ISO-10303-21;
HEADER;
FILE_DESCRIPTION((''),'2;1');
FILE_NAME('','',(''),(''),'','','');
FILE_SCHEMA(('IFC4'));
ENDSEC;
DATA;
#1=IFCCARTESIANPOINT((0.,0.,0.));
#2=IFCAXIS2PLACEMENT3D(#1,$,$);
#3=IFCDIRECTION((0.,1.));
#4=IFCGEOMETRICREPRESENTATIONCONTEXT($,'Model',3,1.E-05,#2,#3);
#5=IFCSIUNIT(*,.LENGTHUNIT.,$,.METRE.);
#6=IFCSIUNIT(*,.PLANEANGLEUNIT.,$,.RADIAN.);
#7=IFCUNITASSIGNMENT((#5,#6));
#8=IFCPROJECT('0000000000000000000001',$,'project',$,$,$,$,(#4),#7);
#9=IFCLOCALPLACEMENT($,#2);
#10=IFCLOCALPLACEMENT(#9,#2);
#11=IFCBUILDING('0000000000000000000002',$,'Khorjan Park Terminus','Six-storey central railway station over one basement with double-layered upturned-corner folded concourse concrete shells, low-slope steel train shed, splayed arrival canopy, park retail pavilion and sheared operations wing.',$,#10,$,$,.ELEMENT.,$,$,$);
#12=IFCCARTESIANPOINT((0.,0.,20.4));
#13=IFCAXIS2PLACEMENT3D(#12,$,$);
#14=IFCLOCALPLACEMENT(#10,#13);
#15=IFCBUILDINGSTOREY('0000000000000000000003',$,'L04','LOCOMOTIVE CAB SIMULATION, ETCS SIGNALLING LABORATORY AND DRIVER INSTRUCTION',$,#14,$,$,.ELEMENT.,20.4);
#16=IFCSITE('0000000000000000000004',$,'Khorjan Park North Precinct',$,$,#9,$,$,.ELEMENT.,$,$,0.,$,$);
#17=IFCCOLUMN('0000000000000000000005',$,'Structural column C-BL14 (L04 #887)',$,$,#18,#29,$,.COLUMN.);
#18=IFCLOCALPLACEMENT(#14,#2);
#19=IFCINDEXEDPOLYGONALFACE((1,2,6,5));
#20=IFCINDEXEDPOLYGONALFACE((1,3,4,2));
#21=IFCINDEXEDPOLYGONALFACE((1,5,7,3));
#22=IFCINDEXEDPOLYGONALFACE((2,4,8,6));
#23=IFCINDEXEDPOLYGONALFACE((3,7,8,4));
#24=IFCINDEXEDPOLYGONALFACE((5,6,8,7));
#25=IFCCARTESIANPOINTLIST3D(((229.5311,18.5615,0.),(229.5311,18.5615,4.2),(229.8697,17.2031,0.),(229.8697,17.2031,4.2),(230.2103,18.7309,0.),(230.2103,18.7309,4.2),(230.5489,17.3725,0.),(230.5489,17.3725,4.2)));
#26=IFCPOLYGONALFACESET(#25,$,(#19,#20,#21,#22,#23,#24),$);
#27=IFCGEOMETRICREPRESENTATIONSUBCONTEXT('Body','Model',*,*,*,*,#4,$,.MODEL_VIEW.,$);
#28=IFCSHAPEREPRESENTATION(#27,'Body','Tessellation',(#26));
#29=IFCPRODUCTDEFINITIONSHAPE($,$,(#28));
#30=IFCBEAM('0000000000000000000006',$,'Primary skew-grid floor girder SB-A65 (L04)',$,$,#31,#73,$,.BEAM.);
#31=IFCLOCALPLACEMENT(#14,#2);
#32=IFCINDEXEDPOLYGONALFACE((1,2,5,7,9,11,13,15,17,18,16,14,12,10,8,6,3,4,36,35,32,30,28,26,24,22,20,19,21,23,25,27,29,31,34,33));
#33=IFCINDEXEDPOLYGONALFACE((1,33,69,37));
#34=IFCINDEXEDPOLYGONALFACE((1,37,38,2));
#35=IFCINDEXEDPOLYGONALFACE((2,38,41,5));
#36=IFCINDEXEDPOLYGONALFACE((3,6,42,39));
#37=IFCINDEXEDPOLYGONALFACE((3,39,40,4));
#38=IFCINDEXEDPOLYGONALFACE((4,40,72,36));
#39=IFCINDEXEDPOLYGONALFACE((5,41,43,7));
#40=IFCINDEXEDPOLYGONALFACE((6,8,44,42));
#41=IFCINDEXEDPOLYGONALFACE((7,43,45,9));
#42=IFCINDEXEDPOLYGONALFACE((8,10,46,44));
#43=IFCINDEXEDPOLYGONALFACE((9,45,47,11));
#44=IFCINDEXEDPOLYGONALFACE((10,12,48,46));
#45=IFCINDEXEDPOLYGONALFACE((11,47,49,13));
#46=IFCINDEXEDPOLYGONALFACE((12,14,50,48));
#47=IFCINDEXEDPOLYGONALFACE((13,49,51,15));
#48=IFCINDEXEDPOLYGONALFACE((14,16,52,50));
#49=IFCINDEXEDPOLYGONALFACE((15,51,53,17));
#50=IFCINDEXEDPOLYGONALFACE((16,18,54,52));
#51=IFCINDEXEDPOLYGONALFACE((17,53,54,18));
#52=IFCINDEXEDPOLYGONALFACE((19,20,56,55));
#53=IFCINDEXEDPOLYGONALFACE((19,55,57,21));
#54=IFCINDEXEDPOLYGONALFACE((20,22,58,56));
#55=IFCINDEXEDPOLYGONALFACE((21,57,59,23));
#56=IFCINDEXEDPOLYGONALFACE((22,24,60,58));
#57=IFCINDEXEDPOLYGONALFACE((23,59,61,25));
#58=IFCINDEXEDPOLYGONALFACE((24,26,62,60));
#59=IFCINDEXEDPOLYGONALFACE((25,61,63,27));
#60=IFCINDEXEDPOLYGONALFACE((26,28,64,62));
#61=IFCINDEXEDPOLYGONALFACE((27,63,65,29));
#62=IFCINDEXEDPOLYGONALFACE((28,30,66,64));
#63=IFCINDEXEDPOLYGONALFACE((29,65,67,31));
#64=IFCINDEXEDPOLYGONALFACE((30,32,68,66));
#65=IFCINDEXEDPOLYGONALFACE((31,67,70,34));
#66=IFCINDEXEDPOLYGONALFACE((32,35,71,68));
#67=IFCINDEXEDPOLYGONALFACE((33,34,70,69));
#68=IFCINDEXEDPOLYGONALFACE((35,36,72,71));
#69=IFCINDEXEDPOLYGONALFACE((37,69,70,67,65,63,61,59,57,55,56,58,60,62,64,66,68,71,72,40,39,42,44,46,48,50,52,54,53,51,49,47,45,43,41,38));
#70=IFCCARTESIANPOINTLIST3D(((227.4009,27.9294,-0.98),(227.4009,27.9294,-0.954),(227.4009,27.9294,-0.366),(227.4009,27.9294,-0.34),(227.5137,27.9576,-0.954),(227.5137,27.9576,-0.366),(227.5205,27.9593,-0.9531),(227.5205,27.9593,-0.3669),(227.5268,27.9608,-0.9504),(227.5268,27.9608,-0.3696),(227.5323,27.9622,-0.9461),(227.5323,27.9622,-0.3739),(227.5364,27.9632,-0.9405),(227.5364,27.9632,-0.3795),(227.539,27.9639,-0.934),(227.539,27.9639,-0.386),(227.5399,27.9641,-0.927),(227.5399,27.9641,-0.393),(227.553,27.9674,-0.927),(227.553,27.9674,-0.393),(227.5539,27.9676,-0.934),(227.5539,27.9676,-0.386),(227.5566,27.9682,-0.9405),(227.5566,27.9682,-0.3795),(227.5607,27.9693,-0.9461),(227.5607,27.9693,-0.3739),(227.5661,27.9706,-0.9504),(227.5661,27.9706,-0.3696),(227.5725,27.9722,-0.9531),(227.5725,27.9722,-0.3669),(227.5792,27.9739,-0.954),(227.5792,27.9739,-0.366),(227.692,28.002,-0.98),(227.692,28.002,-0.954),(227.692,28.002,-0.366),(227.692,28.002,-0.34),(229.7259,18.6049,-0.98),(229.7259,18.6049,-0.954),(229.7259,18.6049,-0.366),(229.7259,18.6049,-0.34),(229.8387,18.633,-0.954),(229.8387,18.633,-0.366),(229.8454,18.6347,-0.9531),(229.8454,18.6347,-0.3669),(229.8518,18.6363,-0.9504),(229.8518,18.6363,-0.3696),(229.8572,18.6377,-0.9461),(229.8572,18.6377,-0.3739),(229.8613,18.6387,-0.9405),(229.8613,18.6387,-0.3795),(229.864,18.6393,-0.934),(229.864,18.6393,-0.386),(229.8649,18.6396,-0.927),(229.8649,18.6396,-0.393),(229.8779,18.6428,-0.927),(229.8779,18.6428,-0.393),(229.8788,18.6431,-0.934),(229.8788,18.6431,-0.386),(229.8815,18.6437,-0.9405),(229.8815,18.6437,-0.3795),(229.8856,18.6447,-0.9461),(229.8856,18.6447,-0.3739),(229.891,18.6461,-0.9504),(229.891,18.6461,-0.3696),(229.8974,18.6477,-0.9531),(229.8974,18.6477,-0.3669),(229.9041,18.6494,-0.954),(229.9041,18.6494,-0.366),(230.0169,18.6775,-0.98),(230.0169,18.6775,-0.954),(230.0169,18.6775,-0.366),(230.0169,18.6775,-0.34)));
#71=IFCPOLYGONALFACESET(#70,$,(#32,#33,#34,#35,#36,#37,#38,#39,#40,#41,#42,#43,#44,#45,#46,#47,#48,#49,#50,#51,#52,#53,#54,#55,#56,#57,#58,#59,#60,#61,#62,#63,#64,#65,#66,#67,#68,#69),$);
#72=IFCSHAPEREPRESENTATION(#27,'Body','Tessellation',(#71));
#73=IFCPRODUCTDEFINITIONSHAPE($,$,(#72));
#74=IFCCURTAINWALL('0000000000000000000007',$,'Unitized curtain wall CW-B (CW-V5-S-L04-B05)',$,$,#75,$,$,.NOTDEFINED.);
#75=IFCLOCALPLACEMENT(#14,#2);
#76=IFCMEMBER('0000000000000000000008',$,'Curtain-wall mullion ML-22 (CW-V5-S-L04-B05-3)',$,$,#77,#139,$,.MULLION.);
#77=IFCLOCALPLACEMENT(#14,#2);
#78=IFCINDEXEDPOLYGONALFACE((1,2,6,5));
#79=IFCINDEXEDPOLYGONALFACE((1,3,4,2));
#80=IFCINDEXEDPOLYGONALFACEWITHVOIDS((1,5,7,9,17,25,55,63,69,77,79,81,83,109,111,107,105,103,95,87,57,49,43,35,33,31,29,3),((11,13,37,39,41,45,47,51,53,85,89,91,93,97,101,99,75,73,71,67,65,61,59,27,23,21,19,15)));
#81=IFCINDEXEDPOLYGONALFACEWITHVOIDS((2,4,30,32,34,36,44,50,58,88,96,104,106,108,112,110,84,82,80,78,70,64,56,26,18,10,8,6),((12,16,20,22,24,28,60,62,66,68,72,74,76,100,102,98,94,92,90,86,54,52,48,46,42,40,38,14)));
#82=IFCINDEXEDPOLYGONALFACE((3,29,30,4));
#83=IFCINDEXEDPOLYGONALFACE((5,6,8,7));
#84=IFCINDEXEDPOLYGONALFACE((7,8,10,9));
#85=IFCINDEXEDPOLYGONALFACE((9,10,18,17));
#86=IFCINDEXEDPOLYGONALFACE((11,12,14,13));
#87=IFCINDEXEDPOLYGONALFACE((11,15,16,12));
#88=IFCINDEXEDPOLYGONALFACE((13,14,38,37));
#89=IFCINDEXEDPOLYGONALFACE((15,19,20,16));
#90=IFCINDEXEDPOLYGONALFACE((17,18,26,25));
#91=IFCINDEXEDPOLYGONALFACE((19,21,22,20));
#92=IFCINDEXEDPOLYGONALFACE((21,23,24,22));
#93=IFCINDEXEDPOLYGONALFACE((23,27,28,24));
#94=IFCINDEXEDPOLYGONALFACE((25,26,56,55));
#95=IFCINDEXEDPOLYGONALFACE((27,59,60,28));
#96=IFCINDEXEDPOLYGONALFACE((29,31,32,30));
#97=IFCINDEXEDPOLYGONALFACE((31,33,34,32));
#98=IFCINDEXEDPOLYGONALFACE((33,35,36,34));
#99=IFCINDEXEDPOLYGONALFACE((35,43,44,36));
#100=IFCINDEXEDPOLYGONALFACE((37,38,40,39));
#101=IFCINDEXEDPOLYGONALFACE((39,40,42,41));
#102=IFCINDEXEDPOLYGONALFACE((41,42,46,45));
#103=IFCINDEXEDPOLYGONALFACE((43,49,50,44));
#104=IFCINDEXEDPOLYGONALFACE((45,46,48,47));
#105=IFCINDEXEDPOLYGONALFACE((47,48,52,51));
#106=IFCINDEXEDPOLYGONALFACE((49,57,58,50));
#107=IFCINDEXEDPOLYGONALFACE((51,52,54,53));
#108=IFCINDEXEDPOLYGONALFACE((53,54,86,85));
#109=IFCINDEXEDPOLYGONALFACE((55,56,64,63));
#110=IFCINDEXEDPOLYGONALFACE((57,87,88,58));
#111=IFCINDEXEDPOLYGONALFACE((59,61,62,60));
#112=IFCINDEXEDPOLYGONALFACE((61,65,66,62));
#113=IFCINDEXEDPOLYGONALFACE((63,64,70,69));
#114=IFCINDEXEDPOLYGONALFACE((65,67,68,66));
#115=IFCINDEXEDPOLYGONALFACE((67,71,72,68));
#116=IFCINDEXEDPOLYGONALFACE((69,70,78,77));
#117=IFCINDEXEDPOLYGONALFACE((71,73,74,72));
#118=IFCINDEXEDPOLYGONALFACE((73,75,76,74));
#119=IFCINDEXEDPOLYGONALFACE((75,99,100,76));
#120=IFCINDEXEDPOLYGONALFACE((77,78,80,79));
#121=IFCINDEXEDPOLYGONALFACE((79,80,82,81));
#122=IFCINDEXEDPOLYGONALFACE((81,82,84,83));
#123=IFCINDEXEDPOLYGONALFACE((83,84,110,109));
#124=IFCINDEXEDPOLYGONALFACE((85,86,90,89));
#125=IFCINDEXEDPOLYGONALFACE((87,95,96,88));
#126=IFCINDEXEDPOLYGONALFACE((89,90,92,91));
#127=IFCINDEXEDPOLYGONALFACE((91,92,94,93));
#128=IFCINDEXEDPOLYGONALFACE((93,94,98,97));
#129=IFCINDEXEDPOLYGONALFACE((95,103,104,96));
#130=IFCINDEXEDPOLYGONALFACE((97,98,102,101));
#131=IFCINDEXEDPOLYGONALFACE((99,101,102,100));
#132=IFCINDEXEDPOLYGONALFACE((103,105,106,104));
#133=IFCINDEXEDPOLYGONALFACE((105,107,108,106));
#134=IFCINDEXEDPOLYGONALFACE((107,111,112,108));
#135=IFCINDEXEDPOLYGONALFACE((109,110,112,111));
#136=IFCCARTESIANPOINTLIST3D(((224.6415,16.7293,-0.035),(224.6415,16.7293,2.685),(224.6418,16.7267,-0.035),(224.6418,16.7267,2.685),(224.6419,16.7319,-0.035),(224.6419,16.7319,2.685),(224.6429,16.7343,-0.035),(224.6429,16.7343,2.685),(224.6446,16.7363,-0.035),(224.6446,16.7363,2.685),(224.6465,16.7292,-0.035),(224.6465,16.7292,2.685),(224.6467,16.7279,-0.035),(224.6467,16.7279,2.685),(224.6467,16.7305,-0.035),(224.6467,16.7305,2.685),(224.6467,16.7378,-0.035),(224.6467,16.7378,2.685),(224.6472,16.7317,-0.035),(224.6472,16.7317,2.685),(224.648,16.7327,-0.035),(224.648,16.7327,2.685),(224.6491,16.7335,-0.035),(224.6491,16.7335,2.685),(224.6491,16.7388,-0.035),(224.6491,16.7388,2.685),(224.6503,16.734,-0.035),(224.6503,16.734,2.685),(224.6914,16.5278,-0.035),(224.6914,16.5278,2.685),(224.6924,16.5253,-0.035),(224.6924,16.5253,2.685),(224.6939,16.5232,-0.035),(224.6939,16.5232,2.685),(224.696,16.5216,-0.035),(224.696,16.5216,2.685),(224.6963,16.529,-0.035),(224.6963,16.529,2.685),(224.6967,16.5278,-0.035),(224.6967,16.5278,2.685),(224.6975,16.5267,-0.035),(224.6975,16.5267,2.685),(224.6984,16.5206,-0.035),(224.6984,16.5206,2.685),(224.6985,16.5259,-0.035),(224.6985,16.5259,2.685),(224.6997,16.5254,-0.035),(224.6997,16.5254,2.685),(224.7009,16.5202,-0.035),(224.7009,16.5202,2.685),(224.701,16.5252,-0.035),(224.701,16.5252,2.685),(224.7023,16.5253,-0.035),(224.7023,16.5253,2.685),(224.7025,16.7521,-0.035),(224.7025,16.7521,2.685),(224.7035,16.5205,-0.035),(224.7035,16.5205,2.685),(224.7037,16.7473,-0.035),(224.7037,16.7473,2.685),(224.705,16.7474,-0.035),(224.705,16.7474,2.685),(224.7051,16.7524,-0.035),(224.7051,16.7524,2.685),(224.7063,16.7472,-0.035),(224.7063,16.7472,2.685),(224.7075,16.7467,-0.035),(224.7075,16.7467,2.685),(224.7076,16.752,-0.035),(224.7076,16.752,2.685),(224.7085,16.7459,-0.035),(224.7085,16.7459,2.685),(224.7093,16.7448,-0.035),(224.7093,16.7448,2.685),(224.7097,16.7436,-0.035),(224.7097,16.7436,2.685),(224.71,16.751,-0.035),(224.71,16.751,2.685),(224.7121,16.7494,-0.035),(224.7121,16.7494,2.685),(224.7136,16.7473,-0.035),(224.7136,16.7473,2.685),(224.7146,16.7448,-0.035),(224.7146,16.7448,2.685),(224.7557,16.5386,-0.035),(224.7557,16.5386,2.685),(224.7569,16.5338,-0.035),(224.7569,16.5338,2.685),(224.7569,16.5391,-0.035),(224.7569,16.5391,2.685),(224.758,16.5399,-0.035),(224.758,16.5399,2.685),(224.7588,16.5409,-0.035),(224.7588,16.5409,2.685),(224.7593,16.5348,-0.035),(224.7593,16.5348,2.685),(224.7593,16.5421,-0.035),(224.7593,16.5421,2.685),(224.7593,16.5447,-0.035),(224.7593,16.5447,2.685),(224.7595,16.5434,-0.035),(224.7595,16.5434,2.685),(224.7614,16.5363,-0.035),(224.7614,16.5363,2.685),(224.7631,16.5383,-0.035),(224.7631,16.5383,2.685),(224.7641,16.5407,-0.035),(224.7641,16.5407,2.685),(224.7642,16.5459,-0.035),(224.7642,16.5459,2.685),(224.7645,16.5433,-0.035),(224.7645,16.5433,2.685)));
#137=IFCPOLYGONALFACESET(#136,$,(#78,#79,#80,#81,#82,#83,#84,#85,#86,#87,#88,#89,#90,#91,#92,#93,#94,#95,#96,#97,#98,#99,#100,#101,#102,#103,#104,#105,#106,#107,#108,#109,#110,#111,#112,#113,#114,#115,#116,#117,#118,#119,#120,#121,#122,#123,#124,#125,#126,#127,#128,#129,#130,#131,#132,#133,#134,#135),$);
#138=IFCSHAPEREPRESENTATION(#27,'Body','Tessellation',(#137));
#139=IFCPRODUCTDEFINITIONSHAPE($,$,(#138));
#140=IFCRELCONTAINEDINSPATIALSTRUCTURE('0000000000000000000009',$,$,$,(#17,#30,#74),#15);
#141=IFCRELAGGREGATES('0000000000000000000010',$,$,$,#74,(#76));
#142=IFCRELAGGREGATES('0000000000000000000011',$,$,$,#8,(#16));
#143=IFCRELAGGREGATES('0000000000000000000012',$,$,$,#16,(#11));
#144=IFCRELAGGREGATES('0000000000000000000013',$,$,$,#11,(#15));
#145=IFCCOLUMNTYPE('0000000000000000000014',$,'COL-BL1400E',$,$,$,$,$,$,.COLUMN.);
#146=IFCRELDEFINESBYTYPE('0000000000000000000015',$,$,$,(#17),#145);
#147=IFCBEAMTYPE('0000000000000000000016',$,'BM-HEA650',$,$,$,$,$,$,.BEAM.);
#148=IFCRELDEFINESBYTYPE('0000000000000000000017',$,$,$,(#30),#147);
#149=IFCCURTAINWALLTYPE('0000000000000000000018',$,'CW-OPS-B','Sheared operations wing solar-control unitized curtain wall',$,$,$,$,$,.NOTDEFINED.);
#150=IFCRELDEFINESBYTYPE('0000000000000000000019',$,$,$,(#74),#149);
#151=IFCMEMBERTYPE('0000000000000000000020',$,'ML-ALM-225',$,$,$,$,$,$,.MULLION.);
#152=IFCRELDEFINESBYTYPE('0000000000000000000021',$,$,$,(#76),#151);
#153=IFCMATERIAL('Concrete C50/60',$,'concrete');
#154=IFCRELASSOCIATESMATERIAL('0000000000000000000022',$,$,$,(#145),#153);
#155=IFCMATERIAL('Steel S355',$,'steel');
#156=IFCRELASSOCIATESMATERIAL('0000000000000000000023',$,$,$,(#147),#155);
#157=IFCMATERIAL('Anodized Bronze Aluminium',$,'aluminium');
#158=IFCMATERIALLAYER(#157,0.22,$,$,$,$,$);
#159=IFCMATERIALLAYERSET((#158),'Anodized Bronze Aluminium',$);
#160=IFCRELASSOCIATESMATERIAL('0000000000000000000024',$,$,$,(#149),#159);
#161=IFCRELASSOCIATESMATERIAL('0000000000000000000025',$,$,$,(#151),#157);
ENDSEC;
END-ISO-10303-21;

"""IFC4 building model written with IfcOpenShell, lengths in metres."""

from ifc_helpers import new_model, si_unit, direction, frame, origin, origin_2d, place, context, subcontext, project, spatial, rectangle, hollow_rectangle, i_section, extrude, material, layer, layer_set, material_profile, profile_set, type_object, element, aggregate, save


model = new_model("IFC4")

# Units and contexts
model_context = context("Model", 3, precision=1e-05, world=origin(), true_north=direction((0.0, 1.0)))
body_context = subcontext(model_context, "Body", "Model", "MODEL_VIEW")
ifc_project = project(units=[si_unit("LENGTHUNIT", "METRE"), si_unit("PLANEANGLEUNIT", "RADIAN")], contexts=[model_context])

# Site, building, storey
site_placement = place(None, origin())
site = spatial("IfcSite", under=ifc_project, at=site_placement, Name="Khorjan Park North Precinct", CompositionType="ELEMENT", RefElevation=0.0)
building_placement = place(site_placement, origin())
building = spatial("IfcBuilding", under=site, at=building_placement, Name="Khorjan Park Terminus", Description="Six-storey central railway station over one basement with double-layered upturned-corner folded concourse concrete shells, low-slope steel train shed, splayed arrival canopy, park retail pavilion and sheared operations wing.", CompositionType="ELEMENT")
storey_placement = place(building_placement, frame((0.0, 0.0, 20.4)))
storey = spatial("IfcBuildingStorey", under=building, at=storey_placement, Name="L04", Description="LOCOMOTIVE CAB SIMULATION, ETCS SIGNALLING LABORATORY AND DRIVER INSTRUCTION", CompositionType="ELEMENT", Elevation=20.4)

# Column
ifc_material_1 = material(Name="Concrete C50/60", Category="concrete")
ifc_material_profile_1 = material_profile(ifc_material_1, rectangle(XDim=0.7, YDim=1.4, at=origin_2d()), Name="RC 700x1400")
ifc_profile_set_1 = profile_set([ifc_material_profile_1], Name="Concrete C50/60")
column_type = type_object("IfcColumnType", Name="COL-BL1400E", PredefinedType="COLUMN", material=ifc_profile_set_1)
column_placement = place(storey_placement, frame((230.04, 17.967, 0.0), z_axis=(0.0, 0.0, 1.0), x_axis=(0.970296, 0.241922, 0.0)))
element("IfcColumn", 1, at=column_placement, inside=storey, type_object=column_type, Name="Structural column C-BL14 (L04 #887)", PredefinedType="COLUMN", context=body_context, shape_type="SweptSolid", body=[
    extrude(rectangle(XDim=0.7, YDim=1.4, at=origin_2d()), origin(), (0.0, 0.0, 1.0), 4.2),
])

# Beam
ifc_material_2 = material(Name="Steel S355", Category="steel")
ifc_material_profile_2 = material_profile(ifc_material_2, i_section(OverallWidth=0.3, OverallDepth=0.64, WebThickness=0.0135, FlangeThickness=0.026, FilletRadius=0.027, at=origin_2d()), Name="HEA 650")
ifc_profile_set_2 = profile_set([ifc_material_profile_2], Name="Steel S355")
beam_type = type_object("IfcBeamType", Name="BM-HEA650", PredefinedType="BEAM", material=ifc_profile_set_2)
beam_placement = place(storey_placement, frame((229.8714, 18.6412, -0.66), z_axis=(-0.241926, 0.970295, 0.0), x_axis=(-0.970295, -0.241926, 0.0)))
element("IfcBeam", 2, at=beam_placement, inside=storey, type_object=beam_type, Name="Primary skew-grid floor girder SB-A65 (L04)", PredefinedType="BEAM", context=body_context, shape_type="SweptSolid", body=[
    extrude(i_section(OverallWidth=0.3, OverallDepth=0.64, WebThickness=0.0135, FlangeThickness=0.026, FilletRadius=0.027, at=origin_2d()), origin(), (0.0, 0.0, 1.0), 9.61),
])

# Curtain wall, member
ifc_material_3 = material(Name="Anodized Bronze Aluminium", Category="aluminium")
ifc_layer_1 = layer(ifc_material_3, 0.22)
ifc_layer_set_1 = layer_set([ifc_layer_1], Name="Anodized Bronze Aluminium")
curtain_wall_type = type_object("IfcCurtainWallType", Name="CW-OPS-B", Description="Sheared operations wing solar-control unitized curtain wall", PredefinedType="NOTDEFINED", material=ifc_layer_set_1)
curtain_wall_1_placement = place(storey_placement, origin())
curtain_wall_1 = element("IfcCurtainWall", 3, at=curtain_wall_1_placement, inside=storey, type_object=curtain_wall_type, Name="Unitized curtain wall CW-B (CW-V5-S-L04-B05)", PredefinedType="NOTDEFINED")
ifc_material_profile_3 = material_profile(ifc_material_3, hollow_rectangle(XDim=0.075, YDim=0.225, WallThickness=0.005, InnerFilletRadius=0.005, OuterFilletRadius=0.01, at=origin_2d()), Name="ALM 75x225x5")
ifc_profile_set_3 = profile_set([ifc_material_profile_3], Name="Anodized Bronze Aluminium")
member_type_1 = type_object("IfcMemberType", Name="ML-ALM-225", PredefinedType="MULLION", material=ifc_profile_set_3)
member_1_placement = place(storey_placement, frame((224.703, 16.6363, -0.035), z_axis=(0.0, 0.0, 1.0), x_axis=(0.970296, 0.241919, 0.0)))
member_1 = element("IfcMember", 4, at=member_1_placement, type_object=member_type_1, Name="Curtain-wall mullion ML-22 (CW-V5-S-L04-B05-3)", PredefinedType="MULLION", context=body_context, shape_type="SweptSolid", body=[
    extrude(hollow_rectangle(XDim=0.075, YDim=0.225, WallThickness=0.005, InnerFilletRadius=0.005, OuterFilletRadius=0.01, at=origin_2d()), origin(), (0.0, 0.0, 1.0), 2.72),
])

aggregate(curtain_wall_1, [member_1])

save(model, "model.ifc")
